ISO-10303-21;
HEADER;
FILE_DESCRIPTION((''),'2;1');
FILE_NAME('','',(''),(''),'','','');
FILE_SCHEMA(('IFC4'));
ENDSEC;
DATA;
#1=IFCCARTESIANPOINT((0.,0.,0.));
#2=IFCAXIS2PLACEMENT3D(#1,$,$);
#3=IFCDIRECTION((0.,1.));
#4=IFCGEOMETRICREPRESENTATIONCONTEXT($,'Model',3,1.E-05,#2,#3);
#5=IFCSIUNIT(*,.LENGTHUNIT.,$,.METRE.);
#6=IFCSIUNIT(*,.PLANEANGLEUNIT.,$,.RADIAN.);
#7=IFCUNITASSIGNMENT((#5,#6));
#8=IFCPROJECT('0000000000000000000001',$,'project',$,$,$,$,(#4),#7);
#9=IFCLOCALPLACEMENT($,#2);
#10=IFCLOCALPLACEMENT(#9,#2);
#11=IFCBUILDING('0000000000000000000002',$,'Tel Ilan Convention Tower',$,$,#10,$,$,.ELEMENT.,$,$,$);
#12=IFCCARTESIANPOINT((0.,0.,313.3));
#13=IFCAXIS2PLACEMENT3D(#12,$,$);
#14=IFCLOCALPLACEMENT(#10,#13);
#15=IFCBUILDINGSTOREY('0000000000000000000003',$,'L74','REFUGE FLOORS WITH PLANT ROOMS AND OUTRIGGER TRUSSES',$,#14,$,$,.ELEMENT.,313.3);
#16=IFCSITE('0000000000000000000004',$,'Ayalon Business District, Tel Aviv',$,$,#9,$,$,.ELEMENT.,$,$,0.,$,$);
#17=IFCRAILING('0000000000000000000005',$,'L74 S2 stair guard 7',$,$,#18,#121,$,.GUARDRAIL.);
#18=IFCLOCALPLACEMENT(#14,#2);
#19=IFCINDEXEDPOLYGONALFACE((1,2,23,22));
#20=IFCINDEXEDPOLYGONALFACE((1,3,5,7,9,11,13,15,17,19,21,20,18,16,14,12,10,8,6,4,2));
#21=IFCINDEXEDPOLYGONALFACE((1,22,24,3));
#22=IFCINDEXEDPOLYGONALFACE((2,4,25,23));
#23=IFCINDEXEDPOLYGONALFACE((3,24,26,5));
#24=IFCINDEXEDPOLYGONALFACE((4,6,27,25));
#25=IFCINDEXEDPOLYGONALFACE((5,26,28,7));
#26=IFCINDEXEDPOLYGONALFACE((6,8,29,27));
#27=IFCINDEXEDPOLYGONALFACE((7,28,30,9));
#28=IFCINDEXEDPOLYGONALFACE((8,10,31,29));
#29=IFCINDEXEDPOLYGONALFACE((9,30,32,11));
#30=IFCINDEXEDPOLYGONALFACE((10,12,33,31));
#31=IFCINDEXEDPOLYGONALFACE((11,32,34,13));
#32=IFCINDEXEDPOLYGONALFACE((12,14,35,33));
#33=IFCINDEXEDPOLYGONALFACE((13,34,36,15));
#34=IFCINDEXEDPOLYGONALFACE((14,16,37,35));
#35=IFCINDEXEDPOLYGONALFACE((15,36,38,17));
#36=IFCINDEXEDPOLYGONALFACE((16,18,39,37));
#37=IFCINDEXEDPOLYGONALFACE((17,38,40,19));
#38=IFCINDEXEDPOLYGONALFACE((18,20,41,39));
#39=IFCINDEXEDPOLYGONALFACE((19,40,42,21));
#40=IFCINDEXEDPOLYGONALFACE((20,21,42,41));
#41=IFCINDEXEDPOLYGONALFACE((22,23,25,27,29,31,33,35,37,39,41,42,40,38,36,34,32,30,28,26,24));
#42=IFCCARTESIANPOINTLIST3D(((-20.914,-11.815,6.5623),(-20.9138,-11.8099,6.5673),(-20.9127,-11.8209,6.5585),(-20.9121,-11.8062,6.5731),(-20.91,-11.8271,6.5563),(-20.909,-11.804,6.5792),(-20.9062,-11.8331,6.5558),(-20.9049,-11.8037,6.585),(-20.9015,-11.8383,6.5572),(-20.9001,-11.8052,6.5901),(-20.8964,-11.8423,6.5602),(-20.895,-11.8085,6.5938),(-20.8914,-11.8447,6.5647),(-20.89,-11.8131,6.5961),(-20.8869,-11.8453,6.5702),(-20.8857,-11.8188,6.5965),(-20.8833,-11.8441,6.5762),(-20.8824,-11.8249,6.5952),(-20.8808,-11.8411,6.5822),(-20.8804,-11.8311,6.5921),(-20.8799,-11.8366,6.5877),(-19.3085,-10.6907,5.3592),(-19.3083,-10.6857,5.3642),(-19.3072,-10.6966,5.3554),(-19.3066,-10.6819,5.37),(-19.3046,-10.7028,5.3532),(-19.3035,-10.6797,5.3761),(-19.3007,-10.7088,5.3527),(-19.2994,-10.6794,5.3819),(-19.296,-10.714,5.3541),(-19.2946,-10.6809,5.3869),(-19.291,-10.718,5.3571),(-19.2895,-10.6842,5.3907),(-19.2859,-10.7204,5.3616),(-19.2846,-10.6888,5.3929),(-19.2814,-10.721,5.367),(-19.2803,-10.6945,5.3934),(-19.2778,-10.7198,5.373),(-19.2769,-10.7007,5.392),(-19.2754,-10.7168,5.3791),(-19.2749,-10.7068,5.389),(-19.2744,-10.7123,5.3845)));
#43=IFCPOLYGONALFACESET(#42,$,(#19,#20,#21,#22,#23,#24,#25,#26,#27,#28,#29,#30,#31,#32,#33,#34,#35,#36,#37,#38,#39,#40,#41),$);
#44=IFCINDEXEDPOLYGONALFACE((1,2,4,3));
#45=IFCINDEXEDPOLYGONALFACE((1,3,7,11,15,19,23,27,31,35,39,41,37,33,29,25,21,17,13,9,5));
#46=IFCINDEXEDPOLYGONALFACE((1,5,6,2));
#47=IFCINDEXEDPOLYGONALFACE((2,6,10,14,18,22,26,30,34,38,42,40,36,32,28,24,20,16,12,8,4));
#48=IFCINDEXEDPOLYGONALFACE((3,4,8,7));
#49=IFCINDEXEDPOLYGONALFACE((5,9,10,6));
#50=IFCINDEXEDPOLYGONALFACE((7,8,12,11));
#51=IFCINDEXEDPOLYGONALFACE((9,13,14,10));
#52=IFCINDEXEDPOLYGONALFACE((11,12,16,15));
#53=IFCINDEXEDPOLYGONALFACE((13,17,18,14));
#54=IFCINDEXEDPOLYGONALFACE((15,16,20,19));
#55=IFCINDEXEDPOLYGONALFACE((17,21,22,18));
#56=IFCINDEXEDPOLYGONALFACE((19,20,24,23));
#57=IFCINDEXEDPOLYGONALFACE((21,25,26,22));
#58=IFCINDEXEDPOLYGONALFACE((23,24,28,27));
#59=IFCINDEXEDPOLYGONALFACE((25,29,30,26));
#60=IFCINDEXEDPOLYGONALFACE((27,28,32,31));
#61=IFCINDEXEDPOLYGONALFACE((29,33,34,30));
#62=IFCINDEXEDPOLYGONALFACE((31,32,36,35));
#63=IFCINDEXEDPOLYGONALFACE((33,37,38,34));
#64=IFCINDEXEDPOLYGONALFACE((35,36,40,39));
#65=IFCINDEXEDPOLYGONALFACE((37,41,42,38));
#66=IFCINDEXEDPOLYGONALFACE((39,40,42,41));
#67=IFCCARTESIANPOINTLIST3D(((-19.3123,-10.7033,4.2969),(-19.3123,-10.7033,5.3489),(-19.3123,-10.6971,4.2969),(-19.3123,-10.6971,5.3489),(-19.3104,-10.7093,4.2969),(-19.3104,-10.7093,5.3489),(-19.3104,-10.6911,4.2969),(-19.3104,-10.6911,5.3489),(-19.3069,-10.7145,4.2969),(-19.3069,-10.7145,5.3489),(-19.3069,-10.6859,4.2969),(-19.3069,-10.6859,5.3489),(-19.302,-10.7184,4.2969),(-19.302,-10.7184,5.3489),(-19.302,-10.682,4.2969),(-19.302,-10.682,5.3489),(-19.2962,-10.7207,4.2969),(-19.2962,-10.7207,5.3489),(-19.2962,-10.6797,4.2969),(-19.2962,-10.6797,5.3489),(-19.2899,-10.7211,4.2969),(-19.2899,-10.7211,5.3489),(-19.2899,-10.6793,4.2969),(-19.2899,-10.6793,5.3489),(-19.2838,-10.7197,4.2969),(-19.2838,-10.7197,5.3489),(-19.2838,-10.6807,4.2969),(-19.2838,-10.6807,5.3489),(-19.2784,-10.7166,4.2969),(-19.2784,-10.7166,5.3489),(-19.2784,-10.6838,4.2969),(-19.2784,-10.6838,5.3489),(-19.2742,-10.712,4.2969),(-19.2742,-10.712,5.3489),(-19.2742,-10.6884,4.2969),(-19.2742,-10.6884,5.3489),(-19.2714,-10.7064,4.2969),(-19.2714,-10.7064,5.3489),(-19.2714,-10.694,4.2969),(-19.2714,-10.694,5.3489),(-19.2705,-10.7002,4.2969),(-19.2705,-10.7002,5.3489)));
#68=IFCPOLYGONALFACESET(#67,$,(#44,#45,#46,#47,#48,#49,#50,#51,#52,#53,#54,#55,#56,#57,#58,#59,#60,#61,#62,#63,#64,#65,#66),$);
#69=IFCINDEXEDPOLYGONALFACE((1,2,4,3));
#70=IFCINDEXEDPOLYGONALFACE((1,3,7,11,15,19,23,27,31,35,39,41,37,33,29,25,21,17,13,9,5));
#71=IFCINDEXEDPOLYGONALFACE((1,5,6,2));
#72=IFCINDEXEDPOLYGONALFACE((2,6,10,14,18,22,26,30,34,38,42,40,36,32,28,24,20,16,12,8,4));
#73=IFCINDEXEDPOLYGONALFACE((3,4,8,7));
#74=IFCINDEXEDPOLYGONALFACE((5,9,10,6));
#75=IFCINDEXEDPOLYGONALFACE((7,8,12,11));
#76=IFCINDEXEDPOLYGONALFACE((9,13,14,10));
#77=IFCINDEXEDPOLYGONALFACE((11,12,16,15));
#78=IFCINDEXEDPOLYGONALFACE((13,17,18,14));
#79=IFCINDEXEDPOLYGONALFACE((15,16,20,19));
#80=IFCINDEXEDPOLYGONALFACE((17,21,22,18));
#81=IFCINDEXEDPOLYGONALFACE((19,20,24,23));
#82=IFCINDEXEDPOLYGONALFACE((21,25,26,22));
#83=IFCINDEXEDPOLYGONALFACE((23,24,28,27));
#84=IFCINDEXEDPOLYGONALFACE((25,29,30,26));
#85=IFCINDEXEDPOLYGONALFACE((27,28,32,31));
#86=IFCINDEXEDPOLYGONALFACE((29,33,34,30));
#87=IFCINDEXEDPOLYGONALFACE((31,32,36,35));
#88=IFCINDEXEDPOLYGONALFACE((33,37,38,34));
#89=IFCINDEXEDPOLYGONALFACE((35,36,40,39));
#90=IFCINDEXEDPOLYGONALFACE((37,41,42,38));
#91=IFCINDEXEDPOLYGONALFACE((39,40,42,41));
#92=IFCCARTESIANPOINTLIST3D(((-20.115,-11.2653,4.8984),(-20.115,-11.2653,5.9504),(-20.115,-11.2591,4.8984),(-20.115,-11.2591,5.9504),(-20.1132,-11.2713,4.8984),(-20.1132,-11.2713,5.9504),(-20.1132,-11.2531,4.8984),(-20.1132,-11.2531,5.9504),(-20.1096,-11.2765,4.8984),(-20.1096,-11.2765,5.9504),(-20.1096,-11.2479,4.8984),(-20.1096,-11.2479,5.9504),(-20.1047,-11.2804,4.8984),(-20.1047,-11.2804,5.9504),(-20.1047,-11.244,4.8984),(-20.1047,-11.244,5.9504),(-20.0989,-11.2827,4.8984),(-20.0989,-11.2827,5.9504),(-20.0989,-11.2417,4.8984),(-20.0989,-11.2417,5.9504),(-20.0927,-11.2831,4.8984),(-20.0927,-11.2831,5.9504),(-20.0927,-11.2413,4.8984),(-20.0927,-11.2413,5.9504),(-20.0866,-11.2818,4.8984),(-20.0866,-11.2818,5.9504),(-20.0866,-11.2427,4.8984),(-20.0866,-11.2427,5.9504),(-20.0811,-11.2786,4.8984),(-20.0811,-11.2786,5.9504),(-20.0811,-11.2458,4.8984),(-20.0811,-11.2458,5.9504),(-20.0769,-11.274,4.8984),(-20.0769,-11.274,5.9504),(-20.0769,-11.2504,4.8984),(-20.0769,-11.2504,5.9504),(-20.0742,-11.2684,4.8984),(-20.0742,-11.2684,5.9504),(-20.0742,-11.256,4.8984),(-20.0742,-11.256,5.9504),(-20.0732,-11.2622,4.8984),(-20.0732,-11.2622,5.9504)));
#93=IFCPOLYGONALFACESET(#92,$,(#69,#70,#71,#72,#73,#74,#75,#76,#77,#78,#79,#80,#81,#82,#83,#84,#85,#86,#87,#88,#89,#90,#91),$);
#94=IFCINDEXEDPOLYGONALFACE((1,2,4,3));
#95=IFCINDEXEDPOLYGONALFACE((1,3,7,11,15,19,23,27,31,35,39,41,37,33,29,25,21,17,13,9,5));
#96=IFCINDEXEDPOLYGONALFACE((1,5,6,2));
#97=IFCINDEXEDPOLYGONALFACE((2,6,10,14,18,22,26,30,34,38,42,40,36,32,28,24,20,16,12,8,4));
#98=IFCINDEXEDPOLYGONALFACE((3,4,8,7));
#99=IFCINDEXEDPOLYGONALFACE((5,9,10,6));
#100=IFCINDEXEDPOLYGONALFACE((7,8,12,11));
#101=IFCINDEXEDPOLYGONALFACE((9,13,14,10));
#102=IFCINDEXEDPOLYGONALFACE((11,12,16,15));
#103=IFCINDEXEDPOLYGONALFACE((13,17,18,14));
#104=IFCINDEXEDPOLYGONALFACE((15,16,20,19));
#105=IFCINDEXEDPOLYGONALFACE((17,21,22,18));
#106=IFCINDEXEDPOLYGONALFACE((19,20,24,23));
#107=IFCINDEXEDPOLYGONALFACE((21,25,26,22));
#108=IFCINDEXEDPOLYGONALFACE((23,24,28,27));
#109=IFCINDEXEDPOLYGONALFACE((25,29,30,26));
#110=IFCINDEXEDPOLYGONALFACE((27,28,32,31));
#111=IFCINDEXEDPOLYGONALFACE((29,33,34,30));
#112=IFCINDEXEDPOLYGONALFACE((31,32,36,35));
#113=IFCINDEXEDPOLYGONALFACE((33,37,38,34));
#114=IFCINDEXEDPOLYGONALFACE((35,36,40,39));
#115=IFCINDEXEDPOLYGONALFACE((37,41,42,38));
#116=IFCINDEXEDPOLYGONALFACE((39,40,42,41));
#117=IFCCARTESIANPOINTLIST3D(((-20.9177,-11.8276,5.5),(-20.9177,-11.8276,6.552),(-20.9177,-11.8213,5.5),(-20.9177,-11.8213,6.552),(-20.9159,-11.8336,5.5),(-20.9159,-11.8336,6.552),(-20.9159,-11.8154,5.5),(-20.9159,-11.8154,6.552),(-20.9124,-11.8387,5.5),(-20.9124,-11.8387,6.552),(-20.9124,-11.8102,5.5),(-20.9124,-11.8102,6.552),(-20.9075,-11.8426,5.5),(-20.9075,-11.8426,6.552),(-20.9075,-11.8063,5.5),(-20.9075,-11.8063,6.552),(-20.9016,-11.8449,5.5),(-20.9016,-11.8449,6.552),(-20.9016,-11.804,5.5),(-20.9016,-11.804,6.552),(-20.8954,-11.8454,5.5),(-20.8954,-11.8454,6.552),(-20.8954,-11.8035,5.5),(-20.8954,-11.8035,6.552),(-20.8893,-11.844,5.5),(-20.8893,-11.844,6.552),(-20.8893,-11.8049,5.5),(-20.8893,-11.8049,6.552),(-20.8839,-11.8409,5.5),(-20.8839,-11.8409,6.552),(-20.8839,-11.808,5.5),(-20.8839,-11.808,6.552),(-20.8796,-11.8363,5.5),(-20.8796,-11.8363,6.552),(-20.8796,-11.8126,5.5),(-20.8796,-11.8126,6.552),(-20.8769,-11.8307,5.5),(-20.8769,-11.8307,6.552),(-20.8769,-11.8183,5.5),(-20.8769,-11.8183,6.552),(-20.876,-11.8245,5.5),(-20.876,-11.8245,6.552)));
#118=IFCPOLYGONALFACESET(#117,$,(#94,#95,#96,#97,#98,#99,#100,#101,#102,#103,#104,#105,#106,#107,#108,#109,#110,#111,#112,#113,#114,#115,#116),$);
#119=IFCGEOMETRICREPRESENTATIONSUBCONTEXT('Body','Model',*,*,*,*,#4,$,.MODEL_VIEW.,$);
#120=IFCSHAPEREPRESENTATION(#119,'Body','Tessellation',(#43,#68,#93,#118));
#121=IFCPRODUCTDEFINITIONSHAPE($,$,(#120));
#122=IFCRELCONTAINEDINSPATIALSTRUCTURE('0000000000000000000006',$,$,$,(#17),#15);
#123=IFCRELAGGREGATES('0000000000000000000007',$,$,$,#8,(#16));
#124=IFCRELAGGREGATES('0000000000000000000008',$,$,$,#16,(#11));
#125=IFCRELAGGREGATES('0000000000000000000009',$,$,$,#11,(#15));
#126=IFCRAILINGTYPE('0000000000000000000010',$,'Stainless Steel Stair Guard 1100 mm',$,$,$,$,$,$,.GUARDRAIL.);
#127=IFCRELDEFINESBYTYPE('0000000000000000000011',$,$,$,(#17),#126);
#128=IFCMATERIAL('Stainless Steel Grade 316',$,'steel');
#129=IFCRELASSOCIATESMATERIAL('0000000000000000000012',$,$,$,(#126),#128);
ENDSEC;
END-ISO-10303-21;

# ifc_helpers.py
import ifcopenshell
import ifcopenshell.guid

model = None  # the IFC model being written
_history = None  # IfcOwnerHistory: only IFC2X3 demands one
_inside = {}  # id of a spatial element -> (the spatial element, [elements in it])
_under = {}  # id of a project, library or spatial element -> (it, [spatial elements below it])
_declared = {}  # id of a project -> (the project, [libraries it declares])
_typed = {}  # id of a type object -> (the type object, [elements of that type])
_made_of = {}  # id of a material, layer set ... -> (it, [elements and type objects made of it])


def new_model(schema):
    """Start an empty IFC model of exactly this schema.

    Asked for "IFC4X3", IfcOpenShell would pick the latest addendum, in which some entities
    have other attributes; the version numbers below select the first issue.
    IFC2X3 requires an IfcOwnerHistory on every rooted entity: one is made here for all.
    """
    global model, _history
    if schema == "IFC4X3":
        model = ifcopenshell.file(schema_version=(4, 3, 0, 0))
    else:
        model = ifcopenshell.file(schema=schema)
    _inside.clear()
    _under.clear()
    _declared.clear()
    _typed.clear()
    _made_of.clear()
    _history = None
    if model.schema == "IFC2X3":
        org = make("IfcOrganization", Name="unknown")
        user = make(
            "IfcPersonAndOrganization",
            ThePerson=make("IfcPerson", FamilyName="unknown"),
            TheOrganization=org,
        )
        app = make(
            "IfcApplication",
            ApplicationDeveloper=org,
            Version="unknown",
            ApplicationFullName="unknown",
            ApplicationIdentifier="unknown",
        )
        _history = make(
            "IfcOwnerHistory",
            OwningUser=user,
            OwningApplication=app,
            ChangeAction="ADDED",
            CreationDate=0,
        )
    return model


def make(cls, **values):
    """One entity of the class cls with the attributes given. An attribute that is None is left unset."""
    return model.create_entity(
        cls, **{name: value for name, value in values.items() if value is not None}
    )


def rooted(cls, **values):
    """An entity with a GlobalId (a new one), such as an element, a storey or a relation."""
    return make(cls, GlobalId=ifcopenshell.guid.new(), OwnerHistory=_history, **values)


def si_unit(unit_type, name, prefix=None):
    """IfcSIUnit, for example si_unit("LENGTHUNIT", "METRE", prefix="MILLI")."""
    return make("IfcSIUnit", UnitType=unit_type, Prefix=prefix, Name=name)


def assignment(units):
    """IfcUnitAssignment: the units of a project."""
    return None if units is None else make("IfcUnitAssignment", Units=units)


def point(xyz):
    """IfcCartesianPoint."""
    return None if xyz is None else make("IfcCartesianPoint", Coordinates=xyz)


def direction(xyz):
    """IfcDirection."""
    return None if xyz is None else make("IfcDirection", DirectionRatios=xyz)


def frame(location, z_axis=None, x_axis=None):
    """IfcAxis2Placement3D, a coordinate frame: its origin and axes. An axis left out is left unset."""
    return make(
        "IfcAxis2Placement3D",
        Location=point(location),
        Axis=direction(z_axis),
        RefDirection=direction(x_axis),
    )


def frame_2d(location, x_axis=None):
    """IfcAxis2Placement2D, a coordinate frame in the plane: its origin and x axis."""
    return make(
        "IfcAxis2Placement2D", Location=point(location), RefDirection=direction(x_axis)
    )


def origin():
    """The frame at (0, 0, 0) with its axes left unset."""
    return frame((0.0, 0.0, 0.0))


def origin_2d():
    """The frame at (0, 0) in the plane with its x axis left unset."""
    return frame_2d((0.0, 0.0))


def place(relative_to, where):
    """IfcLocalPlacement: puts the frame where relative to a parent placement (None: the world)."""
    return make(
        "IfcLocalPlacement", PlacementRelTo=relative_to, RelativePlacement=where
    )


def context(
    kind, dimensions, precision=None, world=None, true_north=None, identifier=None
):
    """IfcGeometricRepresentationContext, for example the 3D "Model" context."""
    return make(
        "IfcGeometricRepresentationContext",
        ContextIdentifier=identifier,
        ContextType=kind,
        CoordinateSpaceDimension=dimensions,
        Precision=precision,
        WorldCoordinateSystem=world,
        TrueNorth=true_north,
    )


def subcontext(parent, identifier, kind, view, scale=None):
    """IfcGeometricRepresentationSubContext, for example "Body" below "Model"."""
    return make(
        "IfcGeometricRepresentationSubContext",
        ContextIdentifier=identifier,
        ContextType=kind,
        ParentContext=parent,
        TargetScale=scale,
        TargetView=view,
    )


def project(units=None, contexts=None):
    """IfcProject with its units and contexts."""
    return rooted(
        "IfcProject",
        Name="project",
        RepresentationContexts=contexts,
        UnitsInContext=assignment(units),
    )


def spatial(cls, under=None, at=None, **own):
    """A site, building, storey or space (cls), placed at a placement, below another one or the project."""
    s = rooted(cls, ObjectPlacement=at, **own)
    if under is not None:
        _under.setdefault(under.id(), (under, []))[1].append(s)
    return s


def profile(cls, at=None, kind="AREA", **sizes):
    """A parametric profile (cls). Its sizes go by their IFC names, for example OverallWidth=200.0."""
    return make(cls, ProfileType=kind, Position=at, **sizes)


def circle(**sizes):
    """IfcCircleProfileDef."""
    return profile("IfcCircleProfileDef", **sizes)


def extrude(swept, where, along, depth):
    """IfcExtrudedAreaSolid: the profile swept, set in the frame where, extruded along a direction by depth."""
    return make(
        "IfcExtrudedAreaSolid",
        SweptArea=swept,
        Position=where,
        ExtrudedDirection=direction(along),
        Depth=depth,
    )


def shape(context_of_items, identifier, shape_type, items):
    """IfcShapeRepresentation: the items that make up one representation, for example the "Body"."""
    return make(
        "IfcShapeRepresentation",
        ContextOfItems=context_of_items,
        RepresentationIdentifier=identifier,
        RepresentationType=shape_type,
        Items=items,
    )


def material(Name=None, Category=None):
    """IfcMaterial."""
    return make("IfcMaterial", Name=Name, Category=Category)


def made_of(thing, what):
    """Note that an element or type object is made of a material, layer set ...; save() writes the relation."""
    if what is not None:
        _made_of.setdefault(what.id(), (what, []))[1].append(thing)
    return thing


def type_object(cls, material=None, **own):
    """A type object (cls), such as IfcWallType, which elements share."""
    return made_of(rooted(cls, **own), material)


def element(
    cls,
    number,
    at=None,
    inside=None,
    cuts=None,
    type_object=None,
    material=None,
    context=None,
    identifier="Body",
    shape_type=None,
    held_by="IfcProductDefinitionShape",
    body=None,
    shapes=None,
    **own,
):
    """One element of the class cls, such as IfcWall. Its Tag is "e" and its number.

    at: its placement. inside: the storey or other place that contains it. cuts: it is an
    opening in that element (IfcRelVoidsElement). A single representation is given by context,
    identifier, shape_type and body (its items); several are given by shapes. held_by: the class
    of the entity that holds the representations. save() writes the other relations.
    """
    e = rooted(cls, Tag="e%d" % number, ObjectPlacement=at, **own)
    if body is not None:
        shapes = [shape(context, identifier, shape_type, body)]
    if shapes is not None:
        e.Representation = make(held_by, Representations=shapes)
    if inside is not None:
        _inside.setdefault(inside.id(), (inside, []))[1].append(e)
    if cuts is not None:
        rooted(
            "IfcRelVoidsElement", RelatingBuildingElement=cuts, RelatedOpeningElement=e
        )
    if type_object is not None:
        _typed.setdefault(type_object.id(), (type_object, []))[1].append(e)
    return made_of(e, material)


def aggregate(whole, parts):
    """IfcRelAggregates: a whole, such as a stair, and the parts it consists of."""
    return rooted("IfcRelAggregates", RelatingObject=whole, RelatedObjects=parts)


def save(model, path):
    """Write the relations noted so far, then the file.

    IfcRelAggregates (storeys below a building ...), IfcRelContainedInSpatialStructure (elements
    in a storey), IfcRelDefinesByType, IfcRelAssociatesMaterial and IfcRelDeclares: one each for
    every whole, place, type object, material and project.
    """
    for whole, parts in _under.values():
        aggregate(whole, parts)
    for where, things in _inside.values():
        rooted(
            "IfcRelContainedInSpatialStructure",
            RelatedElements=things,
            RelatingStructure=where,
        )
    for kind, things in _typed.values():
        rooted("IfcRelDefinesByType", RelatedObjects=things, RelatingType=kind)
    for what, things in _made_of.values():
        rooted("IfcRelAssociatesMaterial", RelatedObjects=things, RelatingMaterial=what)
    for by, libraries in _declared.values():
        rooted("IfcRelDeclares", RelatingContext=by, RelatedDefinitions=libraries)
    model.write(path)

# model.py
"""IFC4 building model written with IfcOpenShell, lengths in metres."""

from ifc_helpers import new_model, si_unit, direction, frame, origin, origin_2d, place, context, subcontext, project, spatial, circle, extrude, material, type_object, element, save


model = new_model("IFC4")

# Units and contexts
model_context = context("Model", 3, precision=1e-05, world=origin(), true_north=direction((0.0, 1.0)))
body_context = subcontext(model_context, "Body", "Model", "MODEL_VIEW")
ifc_project = project(units=[si_unit("LENGTHUNIT", "METRE"), si_unit("PLANEANGLEUNIT", "RADIAN")], contexts=[model_context])

# Site, building, storey
site_placement = place(None, origin())
site = spatial("IfcSite", under=ifc_project, at=site_placement, Name="Ayalon Business District, Tel Aviv", CompositionType="ELEMENT", RefElevation=0.0)
building_placement = place(site_placement, origin())
building = spatial("IfcBuilding", under=site, at=building_placement, Name="Tel Ilan Convention Tower", CompositionType="ELEMENT")
storey_placement = place(building_placement, frame((0.0, 0.0, 313.3)))
storey = spatial("IfcBuildingStorey", under=building, at=storey_placement, Name="L74", Description="REFUGE FLOORS WITH PLANT ROOMS AND OUTRIGGER TRUSSES", CompositionType="ELEMENT", Elevation=313.3)

# Railing
ifc_material_1 = material(Name="Stainless Steel Grade 316", Category="steel")
railing_type_1 = type_object("IfcRailingType", Name="Stainless Steel Stair Guard 1100 mm", PredefinedType="GUARDRAIL", material=ifc_material_1)
railing_1_placement = place(storey_placement, frame((-19.2915, -10.7002, 4.2969)))
element("IfcRailing", 1, at=railing_1_placement, inside=storey, type_object=railing_type_1, Name="L74 S2 stair guard 7", PredefinedType="GUARDRAIL", context=body_context, shape_type="SweptSolid", body=[
    extrude(circle(Radius=0.0239, at=origin_2d()), frame((0.0, 0.0, 1.0762), z_axis=(-0.698095, -0.488857, 0.523146), x_axis=(0.573613, -0.819127, 0.0)), (0.0, 0.0, 1.0), 2.2998),
    extrude(circle(Radius=0.021, at=origin_2d()), origin(), (0.0, 0.0, 1.0), 1.052),
    extrude(circle(Radius=0.021, at=origin_2d()), frame((-0.8027, -0.562, 0.6016)), (0.0, 0.0, 1.0), 1.052),
    extrude(circle(Radius=0.021, at=origin_2d()), frame((-1.6055, -1.1243, 1.2031)), (0.0, 0.0, 1.0), 1.052),
])

save(model, "model.ifc")
